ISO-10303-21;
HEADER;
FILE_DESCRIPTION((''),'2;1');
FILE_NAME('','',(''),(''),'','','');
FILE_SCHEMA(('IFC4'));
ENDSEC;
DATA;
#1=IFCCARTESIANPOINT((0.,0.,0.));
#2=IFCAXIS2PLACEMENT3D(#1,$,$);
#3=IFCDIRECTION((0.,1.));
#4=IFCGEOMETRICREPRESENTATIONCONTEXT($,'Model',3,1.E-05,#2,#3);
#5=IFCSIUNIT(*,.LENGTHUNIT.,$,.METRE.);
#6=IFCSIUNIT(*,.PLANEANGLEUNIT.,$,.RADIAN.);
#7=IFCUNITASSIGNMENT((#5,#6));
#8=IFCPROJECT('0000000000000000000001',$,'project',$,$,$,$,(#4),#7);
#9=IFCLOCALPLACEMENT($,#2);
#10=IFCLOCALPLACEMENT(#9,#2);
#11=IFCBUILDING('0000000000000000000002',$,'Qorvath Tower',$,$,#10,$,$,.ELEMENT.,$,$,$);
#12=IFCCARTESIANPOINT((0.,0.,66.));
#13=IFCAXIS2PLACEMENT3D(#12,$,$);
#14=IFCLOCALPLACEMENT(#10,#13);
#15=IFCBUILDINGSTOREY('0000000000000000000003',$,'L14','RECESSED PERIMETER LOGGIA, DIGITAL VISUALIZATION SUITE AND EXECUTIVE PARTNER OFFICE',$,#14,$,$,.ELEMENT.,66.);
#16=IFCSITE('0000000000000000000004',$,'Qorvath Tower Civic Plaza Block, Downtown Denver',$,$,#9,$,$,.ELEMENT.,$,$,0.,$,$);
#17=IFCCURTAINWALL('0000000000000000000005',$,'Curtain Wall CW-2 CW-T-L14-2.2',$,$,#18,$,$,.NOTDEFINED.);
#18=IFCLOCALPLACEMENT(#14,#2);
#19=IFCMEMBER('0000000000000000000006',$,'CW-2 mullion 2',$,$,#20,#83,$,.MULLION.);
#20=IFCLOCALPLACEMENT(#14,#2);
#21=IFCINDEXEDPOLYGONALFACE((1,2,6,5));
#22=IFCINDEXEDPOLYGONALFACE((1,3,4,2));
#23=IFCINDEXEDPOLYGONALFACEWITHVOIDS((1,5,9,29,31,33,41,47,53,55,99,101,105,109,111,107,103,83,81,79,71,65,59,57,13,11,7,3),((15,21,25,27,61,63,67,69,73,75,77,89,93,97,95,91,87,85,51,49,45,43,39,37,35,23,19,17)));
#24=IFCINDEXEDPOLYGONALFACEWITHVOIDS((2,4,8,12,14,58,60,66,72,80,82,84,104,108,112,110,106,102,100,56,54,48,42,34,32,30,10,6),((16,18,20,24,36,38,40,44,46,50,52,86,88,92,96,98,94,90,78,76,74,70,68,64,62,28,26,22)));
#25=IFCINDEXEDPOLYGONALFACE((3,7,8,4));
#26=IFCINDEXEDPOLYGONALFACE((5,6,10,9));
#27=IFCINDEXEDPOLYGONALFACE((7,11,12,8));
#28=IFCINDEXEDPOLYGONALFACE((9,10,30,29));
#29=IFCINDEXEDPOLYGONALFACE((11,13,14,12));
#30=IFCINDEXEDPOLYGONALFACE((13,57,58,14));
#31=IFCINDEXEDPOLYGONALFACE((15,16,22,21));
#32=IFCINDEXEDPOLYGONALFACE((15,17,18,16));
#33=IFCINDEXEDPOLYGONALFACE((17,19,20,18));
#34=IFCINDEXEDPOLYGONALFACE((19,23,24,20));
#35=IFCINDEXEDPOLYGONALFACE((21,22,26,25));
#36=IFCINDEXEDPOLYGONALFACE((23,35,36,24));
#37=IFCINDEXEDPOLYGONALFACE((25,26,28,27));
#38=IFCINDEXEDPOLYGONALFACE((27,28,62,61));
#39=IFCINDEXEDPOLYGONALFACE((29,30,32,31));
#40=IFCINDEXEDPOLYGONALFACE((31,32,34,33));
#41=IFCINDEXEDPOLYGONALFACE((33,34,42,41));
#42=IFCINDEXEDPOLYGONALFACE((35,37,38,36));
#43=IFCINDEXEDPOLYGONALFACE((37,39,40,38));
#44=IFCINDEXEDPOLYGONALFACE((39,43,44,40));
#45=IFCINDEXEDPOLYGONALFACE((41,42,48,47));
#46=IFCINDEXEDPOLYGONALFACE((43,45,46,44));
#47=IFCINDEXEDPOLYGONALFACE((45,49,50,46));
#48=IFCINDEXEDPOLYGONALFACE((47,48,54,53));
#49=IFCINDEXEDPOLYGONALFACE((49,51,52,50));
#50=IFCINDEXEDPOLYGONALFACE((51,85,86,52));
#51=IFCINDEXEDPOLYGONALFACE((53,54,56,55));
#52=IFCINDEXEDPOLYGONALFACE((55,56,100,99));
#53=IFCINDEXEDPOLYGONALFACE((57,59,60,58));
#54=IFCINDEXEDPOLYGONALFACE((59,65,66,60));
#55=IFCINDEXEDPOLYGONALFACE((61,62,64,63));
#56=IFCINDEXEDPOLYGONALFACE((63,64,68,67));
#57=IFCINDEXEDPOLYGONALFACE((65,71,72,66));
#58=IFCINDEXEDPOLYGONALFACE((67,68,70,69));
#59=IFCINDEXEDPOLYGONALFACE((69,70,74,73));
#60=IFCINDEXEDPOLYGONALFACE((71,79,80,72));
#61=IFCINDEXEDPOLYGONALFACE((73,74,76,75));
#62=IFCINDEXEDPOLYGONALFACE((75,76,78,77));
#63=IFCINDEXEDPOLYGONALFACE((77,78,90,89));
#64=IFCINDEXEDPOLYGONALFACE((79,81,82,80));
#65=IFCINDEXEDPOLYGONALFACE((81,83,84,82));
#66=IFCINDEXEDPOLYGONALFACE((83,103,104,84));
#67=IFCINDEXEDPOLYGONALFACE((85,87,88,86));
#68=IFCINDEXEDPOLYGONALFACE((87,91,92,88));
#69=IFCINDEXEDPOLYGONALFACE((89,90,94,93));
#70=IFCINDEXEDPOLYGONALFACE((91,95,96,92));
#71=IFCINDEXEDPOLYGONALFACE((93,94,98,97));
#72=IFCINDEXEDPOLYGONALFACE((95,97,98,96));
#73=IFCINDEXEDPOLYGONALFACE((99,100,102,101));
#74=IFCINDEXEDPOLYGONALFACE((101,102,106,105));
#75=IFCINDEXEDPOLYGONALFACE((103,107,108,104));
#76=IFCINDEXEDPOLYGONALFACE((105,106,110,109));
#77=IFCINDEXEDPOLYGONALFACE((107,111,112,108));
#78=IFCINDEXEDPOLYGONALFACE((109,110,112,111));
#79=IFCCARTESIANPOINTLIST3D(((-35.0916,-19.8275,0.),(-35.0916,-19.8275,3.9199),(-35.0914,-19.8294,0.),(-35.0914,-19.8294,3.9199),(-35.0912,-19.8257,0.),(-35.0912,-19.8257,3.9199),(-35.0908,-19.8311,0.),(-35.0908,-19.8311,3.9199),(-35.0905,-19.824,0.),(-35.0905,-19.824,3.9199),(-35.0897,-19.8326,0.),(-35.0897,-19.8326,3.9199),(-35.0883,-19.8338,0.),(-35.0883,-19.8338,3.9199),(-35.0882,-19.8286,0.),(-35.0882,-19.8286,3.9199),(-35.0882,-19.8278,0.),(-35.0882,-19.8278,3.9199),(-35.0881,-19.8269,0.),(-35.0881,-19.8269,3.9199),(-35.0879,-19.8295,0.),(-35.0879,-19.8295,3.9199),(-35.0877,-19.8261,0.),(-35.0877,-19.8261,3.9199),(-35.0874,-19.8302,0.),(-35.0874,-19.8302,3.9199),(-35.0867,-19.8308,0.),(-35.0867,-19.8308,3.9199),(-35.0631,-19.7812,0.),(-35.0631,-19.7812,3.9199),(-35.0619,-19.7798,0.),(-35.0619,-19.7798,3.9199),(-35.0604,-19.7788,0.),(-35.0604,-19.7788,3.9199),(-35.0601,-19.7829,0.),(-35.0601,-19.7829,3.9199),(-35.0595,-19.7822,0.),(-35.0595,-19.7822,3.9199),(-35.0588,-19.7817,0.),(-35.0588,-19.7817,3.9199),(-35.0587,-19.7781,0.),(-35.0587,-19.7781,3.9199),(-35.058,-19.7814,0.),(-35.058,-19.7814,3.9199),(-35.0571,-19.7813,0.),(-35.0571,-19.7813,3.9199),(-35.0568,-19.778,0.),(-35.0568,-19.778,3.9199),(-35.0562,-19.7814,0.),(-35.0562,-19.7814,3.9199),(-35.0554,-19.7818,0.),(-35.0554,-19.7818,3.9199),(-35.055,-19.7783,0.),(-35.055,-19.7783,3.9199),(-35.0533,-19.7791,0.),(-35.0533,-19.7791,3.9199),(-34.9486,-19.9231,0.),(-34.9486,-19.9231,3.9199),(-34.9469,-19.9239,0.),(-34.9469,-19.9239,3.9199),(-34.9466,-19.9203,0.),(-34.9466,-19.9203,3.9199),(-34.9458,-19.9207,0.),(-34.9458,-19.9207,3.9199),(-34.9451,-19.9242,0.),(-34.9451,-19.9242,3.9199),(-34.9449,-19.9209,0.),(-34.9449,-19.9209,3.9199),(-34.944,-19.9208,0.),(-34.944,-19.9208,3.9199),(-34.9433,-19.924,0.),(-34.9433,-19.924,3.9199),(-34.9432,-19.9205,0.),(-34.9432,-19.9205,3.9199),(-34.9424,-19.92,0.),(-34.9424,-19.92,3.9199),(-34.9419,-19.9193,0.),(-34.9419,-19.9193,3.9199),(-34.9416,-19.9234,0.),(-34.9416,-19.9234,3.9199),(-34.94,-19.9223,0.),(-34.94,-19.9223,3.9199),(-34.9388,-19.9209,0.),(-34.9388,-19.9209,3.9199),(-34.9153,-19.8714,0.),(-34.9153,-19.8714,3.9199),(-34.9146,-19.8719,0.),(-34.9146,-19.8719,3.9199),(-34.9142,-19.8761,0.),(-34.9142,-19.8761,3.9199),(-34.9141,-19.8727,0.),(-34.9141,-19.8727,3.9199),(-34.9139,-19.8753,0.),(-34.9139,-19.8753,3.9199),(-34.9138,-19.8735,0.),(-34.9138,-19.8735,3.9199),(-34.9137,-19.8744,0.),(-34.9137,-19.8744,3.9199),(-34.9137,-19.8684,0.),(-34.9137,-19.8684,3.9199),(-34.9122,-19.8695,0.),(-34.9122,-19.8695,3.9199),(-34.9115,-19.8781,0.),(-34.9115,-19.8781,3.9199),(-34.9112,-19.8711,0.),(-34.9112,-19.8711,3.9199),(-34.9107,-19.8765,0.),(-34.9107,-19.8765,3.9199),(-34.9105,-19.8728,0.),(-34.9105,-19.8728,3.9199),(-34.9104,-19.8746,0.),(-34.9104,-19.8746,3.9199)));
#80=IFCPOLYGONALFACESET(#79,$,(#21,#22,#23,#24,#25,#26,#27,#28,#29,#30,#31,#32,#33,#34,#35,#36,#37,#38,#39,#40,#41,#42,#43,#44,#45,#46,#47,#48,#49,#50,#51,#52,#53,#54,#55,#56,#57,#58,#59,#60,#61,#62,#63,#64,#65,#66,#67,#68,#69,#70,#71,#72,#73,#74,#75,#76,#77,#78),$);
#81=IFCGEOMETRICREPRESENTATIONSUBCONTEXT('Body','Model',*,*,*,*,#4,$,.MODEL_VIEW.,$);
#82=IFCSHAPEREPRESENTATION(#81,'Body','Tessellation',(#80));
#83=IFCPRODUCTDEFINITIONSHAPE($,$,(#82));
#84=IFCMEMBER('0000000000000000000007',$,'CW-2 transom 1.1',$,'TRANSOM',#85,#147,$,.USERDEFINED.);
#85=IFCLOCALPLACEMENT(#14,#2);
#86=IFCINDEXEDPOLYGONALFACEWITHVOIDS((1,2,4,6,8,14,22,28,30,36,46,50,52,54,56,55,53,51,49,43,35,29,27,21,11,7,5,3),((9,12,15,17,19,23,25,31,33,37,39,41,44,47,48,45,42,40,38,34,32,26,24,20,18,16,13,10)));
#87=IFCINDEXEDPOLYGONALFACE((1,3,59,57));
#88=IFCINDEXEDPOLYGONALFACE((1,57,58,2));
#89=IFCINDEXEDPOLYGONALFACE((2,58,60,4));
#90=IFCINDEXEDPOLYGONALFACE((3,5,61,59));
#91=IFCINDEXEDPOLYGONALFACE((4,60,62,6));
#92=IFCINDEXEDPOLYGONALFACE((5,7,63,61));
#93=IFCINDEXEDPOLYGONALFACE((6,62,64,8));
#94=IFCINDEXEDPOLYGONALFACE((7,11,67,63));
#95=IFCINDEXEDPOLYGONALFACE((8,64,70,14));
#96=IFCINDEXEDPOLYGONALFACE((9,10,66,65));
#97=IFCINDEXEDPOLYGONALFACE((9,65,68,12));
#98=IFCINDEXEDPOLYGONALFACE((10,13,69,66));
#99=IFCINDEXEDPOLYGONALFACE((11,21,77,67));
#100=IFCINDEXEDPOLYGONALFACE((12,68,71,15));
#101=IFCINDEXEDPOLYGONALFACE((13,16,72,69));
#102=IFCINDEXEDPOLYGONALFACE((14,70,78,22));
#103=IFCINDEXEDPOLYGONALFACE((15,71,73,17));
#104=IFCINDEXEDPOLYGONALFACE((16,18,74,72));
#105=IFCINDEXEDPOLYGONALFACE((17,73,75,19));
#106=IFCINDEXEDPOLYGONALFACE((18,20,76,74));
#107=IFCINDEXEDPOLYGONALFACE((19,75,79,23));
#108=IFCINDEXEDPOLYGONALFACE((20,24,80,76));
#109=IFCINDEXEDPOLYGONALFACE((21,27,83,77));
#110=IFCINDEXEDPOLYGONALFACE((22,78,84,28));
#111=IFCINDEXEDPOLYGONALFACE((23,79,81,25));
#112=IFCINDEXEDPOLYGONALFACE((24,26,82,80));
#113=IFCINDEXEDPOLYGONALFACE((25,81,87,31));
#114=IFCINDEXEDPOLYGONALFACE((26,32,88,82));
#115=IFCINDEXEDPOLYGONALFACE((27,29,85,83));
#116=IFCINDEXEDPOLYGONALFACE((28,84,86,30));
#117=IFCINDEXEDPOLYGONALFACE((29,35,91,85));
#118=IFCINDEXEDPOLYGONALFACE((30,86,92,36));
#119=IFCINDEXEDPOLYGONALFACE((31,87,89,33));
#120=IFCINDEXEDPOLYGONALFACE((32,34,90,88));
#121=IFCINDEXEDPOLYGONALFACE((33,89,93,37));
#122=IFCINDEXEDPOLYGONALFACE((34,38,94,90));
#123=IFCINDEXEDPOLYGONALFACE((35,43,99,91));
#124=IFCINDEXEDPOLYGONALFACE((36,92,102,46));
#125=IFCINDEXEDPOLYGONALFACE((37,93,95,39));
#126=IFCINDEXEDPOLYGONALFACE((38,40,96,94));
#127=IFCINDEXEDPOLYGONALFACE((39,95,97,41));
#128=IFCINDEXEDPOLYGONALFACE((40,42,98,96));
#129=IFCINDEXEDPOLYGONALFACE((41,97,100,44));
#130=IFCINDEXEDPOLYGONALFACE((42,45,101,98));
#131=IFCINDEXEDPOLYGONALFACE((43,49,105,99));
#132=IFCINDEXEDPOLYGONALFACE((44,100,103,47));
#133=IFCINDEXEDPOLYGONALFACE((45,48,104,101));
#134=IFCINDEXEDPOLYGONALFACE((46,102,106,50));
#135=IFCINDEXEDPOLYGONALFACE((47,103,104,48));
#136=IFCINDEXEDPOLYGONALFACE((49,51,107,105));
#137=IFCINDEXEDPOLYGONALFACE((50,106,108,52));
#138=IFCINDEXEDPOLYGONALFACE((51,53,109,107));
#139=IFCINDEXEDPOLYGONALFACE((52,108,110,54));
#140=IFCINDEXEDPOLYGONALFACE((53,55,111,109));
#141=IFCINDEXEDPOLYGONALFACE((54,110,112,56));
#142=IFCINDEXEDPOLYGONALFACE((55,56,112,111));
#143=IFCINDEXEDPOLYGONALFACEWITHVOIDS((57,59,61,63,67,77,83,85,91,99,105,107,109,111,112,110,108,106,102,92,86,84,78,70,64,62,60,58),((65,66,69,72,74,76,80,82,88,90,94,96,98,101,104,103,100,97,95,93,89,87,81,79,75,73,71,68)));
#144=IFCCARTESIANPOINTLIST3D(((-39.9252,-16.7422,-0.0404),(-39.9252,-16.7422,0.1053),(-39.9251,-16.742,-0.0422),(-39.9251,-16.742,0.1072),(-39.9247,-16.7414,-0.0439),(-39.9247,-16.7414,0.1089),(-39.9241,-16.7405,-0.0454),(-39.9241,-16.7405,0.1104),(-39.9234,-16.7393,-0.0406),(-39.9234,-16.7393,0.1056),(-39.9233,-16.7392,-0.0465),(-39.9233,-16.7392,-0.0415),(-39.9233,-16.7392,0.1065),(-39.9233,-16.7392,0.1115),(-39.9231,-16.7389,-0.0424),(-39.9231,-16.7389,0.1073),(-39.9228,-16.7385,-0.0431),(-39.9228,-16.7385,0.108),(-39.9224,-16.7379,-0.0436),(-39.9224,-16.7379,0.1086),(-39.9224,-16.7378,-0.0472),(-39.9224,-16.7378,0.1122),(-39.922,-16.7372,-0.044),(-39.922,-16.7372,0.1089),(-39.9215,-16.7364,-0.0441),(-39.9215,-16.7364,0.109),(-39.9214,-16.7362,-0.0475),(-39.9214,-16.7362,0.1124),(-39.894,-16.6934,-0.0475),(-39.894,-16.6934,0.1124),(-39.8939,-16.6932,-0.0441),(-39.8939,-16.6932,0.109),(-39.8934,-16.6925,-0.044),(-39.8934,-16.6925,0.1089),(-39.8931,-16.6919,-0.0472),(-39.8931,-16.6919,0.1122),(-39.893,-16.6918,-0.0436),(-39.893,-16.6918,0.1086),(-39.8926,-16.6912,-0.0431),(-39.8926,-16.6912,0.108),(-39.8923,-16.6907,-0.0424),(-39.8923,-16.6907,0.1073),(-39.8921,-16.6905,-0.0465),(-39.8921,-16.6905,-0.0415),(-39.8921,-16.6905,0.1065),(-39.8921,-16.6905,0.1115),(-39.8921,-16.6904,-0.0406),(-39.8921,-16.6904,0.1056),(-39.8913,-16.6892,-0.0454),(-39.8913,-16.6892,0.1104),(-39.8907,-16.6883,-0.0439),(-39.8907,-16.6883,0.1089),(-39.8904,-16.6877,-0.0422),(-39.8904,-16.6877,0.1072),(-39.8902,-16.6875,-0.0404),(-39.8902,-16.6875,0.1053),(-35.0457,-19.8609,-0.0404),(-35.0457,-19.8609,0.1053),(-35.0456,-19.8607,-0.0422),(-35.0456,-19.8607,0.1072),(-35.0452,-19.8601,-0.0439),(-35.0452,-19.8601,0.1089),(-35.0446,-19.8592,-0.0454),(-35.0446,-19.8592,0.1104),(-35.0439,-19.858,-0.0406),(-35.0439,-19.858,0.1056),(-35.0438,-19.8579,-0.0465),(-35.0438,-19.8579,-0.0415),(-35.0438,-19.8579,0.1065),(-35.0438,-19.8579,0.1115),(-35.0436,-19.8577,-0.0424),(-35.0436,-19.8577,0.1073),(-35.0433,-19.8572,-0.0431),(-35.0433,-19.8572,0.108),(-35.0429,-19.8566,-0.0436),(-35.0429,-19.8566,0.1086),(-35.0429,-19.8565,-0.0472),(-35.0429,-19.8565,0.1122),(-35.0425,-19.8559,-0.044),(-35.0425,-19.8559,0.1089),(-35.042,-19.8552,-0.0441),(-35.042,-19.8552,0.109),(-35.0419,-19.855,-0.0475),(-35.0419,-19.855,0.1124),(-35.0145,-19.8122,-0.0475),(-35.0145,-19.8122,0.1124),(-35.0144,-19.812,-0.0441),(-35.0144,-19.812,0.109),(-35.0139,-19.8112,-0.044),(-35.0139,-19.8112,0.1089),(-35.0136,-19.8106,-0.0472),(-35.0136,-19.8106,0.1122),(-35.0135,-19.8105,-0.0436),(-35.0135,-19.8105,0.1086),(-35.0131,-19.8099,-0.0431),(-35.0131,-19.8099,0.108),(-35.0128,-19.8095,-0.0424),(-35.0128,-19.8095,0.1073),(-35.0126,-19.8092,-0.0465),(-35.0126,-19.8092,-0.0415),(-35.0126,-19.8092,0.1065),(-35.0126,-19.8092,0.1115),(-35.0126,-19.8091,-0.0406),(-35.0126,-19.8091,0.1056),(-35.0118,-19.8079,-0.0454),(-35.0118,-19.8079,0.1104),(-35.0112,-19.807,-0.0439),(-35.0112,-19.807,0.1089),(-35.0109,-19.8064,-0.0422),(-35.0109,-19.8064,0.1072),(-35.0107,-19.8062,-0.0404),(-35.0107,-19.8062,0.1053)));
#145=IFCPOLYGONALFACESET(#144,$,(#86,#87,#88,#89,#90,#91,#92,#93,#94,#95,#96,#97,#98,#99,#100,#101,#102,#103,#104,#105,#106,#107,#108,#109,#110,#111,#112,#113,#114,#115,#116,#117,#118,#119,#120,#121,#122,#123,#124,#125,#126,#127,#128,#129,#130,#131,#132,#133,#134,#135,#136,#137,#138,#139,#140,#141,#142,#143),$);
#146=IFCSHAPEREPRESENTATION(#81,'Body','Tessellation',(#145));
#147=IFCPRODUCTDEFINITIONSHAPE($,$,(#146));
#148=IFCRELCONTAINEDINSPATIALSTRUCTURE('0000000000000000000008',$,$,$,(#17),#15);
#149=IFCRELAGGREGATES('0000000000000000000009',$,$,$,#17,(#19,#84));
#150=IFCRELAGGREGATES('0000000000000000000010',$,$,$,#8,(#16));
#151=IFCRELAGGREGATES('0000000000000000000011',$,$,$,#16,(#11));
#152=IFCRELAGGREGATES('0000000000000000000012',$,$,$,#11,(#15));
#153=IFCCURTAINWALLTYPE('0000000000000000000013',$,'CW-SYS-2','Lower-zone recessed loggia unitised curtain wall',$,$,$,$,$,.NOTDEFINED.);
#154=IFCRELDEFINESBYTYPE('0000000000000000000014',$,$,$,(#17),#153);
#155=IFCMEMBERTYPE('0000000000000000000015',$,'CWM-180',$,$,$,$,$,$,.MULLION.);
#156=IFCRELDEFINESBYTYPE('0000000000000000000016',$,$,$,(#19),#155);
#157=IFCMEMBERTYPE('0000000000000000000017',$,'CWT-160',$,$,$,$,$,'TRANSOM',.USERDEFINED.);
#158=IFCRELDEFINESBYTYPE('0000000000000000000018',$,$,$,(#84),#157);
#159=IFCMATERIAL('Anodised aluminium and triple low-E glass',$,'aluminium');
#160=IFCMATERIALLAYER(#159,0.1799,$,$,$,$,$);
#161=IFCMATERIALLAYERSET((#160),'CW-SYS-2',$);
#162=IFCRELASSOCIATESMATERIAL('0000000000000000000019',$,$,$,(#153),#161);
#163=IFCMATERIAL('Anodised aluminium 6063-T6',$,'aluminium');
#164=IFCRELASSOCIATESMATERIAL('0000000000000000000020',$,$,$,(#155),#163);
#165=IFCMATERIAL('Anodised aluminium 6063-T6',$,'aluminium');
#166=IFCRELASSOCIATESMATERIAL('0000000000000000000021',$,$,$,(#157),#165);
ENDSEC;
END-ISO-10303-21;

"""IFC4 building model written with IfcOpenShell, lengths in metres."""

from ifc_helpers import new_model, si_unit, direction, frame, origin, origin_2d, place, context, subcontext, project, spatial, hollow_rectangle, extrude, material, layer, layer_set, material_profile, profile_set, type_object, element, aggregate, save


model = new_model("IFC4")

# Units and contexts
model_context = context("Model", 3, precision=1e-05, world=origin(), true_north=direction((0.0, 1.0)))
body_context = subcontext(model_context, "Body", "Model", "MODEL_VIEW")
ifc_project = project(units=[si_unit("LENGTHUNIT", "METRE"), si_unit("PLANEANGLEUNIT", "RADIAN")], contexts=[model_context])

# Site, building, storey
site_placement = place(None, origin())
site = spatial("IfcSite", under=ifc_project, at=site_placement, Name="Qorvath Tower Civic Plaza Block, Downtown Denver", CompositionType="ELEMENT", RefElevation=0.0)
building_placement = place(site_placement, origin())
building = spatial("IfcBuilding", under=site, at=building_placement, Name="Qorvath Tower", CompositionType="ELEMENT")
storey_placement = place(building_placement, frame((0.0, 0.0, 66.0)))
storey = spatial("IfcBuildingStorey", under=building, at=storey_placement, Name="L14", Description="RECESSED PERIMETER LOGGIA, DIGITAL VISUALIZATION SUITE AND EXECUTIVE PARTNER OFFICE", CompositionType="ELEMENT", Elevation=66.0)

# Shared definitions
ifc_material_1 = material(Name="Anodised aluminium and triple low-E glass", Category="aluminium")
ifc_layer_1 = layer(ifc_material_1, 0.1799)
ifc_layer_set_1 = layer_set([ifc_layer_1], Name="CW-SYS-2")
curtain_wall_type = type_object("IfcCurtainWallType", Name="CW-SYS-2", Description="Lower-zone recessed loggia unitised curtain wall", PredefinedType="NOTDEFINED", material=ifc_layer_set_1)
ifc_material_2 = material(Name="Anodised aluminium 6063-T6", Category="aluminium")
ifc_material_profile_1 = material_profile(ifc_material_2, hollow_rectangle(XDim=0.0649, YDim=0.1799, WallThickness=0.0034, InnerFilletRadius=0.0034, OuterFilletRadius=0.0071, at=origin_2d()), Name="CWM 180x65")
ifc_profile_set_1 = profile_set([ifc_material_profile_1], Name="Anodised aluminium 6063-T6")
member_type_1 = type_object("IfcMemberType", Name="CWM-180", PredefinedType="MULLION", material=ifc_profile_set_1)

# Curtain wall, members
curtain_wall_1_placement = place(storey_placement, origin())
curtain_wall_1 = element("IfcCurtainWall", 1, at=curtain_wall_1_placement, inside=storey, type_object=curtain_wall_type, Name="Curtain Wall CW-2 CW-T-L14-2.2", PredefinedType="NOTDEFINED")
member_1_placement = place(storey_placement, frame((-35.001, -19.8511, 0.0), z_axis=(0.0, 0.0, 1.0), x_axis=(0.538537, 0.842602, 0.0)))
member_1 = element("IfcMember", 2, at=member_1_placement, type_object=member_type_1, Name="CW-2 mullion 2", PredefinedType="MULLION", context=body_context, shape_type="SweptSolid", body=[
    extrude(hollow_rectangle(XDim=0.0649, YDim=0.1799, WallThickness=0.0034, InnerFilletRadius=0.0034, OuterFilletRadius=0.0071, at=origin_2d()), origin(), (0.0, 0.0, 1.0), 3.9199),
])
ifc_material_3 = material(Name="Anodised aluminium 6063-T6", Category="aluminium")
ifc_material_profile_2 = material_profile(ifc_material_3, hollow_rectangle(XDim=0.0649, YDim=0.1599, WallThickness=0.0034, InnerFilletRadius=0.0034, OuterFilletRadius=0.0071, at=origin_2d()), Name="CWT 160x65")
ifc_profile_set_2 = profile_set([ifc_material_profile_2], Name="Anodised aluminium 6063-T6")
member_type_2 = type_object("IfcMemberType", Name="CWT-160", ElementType="TRANSOM", PredefinedType="USERDEFINED", material=ifc_profile_set_2)
member_2_placement = place(storey_placement, frame((-39.9077, -16.7148, 0.0325), z_axis=(0.842597, -0.538544, 0.0), x_axis=(0.538544, 0.842597, 0.0)))
member_2 = element("IfcMember", 3, at=member_2_placement, type_object=member_type_2, Name="CW-2 transom 1.1", ObjectType="TRANSOM", PredefinedType="USERDEFINED", context=body_context, shape_type="SweptSolid", body=[
    extrude(hollow_rectangle(XDim=0.0649, YDim=0.1599, WallThickness=0.0034, InnerFilletRadius=0.0034, OuterFilletRadius=0.0071, at=origin_2d()), origin(), (0.0, 0.0, 1.0), 5.791),
])
aggregate(curtain_wall_1, [member_1, member_2])

save(model, "model.ifc")
